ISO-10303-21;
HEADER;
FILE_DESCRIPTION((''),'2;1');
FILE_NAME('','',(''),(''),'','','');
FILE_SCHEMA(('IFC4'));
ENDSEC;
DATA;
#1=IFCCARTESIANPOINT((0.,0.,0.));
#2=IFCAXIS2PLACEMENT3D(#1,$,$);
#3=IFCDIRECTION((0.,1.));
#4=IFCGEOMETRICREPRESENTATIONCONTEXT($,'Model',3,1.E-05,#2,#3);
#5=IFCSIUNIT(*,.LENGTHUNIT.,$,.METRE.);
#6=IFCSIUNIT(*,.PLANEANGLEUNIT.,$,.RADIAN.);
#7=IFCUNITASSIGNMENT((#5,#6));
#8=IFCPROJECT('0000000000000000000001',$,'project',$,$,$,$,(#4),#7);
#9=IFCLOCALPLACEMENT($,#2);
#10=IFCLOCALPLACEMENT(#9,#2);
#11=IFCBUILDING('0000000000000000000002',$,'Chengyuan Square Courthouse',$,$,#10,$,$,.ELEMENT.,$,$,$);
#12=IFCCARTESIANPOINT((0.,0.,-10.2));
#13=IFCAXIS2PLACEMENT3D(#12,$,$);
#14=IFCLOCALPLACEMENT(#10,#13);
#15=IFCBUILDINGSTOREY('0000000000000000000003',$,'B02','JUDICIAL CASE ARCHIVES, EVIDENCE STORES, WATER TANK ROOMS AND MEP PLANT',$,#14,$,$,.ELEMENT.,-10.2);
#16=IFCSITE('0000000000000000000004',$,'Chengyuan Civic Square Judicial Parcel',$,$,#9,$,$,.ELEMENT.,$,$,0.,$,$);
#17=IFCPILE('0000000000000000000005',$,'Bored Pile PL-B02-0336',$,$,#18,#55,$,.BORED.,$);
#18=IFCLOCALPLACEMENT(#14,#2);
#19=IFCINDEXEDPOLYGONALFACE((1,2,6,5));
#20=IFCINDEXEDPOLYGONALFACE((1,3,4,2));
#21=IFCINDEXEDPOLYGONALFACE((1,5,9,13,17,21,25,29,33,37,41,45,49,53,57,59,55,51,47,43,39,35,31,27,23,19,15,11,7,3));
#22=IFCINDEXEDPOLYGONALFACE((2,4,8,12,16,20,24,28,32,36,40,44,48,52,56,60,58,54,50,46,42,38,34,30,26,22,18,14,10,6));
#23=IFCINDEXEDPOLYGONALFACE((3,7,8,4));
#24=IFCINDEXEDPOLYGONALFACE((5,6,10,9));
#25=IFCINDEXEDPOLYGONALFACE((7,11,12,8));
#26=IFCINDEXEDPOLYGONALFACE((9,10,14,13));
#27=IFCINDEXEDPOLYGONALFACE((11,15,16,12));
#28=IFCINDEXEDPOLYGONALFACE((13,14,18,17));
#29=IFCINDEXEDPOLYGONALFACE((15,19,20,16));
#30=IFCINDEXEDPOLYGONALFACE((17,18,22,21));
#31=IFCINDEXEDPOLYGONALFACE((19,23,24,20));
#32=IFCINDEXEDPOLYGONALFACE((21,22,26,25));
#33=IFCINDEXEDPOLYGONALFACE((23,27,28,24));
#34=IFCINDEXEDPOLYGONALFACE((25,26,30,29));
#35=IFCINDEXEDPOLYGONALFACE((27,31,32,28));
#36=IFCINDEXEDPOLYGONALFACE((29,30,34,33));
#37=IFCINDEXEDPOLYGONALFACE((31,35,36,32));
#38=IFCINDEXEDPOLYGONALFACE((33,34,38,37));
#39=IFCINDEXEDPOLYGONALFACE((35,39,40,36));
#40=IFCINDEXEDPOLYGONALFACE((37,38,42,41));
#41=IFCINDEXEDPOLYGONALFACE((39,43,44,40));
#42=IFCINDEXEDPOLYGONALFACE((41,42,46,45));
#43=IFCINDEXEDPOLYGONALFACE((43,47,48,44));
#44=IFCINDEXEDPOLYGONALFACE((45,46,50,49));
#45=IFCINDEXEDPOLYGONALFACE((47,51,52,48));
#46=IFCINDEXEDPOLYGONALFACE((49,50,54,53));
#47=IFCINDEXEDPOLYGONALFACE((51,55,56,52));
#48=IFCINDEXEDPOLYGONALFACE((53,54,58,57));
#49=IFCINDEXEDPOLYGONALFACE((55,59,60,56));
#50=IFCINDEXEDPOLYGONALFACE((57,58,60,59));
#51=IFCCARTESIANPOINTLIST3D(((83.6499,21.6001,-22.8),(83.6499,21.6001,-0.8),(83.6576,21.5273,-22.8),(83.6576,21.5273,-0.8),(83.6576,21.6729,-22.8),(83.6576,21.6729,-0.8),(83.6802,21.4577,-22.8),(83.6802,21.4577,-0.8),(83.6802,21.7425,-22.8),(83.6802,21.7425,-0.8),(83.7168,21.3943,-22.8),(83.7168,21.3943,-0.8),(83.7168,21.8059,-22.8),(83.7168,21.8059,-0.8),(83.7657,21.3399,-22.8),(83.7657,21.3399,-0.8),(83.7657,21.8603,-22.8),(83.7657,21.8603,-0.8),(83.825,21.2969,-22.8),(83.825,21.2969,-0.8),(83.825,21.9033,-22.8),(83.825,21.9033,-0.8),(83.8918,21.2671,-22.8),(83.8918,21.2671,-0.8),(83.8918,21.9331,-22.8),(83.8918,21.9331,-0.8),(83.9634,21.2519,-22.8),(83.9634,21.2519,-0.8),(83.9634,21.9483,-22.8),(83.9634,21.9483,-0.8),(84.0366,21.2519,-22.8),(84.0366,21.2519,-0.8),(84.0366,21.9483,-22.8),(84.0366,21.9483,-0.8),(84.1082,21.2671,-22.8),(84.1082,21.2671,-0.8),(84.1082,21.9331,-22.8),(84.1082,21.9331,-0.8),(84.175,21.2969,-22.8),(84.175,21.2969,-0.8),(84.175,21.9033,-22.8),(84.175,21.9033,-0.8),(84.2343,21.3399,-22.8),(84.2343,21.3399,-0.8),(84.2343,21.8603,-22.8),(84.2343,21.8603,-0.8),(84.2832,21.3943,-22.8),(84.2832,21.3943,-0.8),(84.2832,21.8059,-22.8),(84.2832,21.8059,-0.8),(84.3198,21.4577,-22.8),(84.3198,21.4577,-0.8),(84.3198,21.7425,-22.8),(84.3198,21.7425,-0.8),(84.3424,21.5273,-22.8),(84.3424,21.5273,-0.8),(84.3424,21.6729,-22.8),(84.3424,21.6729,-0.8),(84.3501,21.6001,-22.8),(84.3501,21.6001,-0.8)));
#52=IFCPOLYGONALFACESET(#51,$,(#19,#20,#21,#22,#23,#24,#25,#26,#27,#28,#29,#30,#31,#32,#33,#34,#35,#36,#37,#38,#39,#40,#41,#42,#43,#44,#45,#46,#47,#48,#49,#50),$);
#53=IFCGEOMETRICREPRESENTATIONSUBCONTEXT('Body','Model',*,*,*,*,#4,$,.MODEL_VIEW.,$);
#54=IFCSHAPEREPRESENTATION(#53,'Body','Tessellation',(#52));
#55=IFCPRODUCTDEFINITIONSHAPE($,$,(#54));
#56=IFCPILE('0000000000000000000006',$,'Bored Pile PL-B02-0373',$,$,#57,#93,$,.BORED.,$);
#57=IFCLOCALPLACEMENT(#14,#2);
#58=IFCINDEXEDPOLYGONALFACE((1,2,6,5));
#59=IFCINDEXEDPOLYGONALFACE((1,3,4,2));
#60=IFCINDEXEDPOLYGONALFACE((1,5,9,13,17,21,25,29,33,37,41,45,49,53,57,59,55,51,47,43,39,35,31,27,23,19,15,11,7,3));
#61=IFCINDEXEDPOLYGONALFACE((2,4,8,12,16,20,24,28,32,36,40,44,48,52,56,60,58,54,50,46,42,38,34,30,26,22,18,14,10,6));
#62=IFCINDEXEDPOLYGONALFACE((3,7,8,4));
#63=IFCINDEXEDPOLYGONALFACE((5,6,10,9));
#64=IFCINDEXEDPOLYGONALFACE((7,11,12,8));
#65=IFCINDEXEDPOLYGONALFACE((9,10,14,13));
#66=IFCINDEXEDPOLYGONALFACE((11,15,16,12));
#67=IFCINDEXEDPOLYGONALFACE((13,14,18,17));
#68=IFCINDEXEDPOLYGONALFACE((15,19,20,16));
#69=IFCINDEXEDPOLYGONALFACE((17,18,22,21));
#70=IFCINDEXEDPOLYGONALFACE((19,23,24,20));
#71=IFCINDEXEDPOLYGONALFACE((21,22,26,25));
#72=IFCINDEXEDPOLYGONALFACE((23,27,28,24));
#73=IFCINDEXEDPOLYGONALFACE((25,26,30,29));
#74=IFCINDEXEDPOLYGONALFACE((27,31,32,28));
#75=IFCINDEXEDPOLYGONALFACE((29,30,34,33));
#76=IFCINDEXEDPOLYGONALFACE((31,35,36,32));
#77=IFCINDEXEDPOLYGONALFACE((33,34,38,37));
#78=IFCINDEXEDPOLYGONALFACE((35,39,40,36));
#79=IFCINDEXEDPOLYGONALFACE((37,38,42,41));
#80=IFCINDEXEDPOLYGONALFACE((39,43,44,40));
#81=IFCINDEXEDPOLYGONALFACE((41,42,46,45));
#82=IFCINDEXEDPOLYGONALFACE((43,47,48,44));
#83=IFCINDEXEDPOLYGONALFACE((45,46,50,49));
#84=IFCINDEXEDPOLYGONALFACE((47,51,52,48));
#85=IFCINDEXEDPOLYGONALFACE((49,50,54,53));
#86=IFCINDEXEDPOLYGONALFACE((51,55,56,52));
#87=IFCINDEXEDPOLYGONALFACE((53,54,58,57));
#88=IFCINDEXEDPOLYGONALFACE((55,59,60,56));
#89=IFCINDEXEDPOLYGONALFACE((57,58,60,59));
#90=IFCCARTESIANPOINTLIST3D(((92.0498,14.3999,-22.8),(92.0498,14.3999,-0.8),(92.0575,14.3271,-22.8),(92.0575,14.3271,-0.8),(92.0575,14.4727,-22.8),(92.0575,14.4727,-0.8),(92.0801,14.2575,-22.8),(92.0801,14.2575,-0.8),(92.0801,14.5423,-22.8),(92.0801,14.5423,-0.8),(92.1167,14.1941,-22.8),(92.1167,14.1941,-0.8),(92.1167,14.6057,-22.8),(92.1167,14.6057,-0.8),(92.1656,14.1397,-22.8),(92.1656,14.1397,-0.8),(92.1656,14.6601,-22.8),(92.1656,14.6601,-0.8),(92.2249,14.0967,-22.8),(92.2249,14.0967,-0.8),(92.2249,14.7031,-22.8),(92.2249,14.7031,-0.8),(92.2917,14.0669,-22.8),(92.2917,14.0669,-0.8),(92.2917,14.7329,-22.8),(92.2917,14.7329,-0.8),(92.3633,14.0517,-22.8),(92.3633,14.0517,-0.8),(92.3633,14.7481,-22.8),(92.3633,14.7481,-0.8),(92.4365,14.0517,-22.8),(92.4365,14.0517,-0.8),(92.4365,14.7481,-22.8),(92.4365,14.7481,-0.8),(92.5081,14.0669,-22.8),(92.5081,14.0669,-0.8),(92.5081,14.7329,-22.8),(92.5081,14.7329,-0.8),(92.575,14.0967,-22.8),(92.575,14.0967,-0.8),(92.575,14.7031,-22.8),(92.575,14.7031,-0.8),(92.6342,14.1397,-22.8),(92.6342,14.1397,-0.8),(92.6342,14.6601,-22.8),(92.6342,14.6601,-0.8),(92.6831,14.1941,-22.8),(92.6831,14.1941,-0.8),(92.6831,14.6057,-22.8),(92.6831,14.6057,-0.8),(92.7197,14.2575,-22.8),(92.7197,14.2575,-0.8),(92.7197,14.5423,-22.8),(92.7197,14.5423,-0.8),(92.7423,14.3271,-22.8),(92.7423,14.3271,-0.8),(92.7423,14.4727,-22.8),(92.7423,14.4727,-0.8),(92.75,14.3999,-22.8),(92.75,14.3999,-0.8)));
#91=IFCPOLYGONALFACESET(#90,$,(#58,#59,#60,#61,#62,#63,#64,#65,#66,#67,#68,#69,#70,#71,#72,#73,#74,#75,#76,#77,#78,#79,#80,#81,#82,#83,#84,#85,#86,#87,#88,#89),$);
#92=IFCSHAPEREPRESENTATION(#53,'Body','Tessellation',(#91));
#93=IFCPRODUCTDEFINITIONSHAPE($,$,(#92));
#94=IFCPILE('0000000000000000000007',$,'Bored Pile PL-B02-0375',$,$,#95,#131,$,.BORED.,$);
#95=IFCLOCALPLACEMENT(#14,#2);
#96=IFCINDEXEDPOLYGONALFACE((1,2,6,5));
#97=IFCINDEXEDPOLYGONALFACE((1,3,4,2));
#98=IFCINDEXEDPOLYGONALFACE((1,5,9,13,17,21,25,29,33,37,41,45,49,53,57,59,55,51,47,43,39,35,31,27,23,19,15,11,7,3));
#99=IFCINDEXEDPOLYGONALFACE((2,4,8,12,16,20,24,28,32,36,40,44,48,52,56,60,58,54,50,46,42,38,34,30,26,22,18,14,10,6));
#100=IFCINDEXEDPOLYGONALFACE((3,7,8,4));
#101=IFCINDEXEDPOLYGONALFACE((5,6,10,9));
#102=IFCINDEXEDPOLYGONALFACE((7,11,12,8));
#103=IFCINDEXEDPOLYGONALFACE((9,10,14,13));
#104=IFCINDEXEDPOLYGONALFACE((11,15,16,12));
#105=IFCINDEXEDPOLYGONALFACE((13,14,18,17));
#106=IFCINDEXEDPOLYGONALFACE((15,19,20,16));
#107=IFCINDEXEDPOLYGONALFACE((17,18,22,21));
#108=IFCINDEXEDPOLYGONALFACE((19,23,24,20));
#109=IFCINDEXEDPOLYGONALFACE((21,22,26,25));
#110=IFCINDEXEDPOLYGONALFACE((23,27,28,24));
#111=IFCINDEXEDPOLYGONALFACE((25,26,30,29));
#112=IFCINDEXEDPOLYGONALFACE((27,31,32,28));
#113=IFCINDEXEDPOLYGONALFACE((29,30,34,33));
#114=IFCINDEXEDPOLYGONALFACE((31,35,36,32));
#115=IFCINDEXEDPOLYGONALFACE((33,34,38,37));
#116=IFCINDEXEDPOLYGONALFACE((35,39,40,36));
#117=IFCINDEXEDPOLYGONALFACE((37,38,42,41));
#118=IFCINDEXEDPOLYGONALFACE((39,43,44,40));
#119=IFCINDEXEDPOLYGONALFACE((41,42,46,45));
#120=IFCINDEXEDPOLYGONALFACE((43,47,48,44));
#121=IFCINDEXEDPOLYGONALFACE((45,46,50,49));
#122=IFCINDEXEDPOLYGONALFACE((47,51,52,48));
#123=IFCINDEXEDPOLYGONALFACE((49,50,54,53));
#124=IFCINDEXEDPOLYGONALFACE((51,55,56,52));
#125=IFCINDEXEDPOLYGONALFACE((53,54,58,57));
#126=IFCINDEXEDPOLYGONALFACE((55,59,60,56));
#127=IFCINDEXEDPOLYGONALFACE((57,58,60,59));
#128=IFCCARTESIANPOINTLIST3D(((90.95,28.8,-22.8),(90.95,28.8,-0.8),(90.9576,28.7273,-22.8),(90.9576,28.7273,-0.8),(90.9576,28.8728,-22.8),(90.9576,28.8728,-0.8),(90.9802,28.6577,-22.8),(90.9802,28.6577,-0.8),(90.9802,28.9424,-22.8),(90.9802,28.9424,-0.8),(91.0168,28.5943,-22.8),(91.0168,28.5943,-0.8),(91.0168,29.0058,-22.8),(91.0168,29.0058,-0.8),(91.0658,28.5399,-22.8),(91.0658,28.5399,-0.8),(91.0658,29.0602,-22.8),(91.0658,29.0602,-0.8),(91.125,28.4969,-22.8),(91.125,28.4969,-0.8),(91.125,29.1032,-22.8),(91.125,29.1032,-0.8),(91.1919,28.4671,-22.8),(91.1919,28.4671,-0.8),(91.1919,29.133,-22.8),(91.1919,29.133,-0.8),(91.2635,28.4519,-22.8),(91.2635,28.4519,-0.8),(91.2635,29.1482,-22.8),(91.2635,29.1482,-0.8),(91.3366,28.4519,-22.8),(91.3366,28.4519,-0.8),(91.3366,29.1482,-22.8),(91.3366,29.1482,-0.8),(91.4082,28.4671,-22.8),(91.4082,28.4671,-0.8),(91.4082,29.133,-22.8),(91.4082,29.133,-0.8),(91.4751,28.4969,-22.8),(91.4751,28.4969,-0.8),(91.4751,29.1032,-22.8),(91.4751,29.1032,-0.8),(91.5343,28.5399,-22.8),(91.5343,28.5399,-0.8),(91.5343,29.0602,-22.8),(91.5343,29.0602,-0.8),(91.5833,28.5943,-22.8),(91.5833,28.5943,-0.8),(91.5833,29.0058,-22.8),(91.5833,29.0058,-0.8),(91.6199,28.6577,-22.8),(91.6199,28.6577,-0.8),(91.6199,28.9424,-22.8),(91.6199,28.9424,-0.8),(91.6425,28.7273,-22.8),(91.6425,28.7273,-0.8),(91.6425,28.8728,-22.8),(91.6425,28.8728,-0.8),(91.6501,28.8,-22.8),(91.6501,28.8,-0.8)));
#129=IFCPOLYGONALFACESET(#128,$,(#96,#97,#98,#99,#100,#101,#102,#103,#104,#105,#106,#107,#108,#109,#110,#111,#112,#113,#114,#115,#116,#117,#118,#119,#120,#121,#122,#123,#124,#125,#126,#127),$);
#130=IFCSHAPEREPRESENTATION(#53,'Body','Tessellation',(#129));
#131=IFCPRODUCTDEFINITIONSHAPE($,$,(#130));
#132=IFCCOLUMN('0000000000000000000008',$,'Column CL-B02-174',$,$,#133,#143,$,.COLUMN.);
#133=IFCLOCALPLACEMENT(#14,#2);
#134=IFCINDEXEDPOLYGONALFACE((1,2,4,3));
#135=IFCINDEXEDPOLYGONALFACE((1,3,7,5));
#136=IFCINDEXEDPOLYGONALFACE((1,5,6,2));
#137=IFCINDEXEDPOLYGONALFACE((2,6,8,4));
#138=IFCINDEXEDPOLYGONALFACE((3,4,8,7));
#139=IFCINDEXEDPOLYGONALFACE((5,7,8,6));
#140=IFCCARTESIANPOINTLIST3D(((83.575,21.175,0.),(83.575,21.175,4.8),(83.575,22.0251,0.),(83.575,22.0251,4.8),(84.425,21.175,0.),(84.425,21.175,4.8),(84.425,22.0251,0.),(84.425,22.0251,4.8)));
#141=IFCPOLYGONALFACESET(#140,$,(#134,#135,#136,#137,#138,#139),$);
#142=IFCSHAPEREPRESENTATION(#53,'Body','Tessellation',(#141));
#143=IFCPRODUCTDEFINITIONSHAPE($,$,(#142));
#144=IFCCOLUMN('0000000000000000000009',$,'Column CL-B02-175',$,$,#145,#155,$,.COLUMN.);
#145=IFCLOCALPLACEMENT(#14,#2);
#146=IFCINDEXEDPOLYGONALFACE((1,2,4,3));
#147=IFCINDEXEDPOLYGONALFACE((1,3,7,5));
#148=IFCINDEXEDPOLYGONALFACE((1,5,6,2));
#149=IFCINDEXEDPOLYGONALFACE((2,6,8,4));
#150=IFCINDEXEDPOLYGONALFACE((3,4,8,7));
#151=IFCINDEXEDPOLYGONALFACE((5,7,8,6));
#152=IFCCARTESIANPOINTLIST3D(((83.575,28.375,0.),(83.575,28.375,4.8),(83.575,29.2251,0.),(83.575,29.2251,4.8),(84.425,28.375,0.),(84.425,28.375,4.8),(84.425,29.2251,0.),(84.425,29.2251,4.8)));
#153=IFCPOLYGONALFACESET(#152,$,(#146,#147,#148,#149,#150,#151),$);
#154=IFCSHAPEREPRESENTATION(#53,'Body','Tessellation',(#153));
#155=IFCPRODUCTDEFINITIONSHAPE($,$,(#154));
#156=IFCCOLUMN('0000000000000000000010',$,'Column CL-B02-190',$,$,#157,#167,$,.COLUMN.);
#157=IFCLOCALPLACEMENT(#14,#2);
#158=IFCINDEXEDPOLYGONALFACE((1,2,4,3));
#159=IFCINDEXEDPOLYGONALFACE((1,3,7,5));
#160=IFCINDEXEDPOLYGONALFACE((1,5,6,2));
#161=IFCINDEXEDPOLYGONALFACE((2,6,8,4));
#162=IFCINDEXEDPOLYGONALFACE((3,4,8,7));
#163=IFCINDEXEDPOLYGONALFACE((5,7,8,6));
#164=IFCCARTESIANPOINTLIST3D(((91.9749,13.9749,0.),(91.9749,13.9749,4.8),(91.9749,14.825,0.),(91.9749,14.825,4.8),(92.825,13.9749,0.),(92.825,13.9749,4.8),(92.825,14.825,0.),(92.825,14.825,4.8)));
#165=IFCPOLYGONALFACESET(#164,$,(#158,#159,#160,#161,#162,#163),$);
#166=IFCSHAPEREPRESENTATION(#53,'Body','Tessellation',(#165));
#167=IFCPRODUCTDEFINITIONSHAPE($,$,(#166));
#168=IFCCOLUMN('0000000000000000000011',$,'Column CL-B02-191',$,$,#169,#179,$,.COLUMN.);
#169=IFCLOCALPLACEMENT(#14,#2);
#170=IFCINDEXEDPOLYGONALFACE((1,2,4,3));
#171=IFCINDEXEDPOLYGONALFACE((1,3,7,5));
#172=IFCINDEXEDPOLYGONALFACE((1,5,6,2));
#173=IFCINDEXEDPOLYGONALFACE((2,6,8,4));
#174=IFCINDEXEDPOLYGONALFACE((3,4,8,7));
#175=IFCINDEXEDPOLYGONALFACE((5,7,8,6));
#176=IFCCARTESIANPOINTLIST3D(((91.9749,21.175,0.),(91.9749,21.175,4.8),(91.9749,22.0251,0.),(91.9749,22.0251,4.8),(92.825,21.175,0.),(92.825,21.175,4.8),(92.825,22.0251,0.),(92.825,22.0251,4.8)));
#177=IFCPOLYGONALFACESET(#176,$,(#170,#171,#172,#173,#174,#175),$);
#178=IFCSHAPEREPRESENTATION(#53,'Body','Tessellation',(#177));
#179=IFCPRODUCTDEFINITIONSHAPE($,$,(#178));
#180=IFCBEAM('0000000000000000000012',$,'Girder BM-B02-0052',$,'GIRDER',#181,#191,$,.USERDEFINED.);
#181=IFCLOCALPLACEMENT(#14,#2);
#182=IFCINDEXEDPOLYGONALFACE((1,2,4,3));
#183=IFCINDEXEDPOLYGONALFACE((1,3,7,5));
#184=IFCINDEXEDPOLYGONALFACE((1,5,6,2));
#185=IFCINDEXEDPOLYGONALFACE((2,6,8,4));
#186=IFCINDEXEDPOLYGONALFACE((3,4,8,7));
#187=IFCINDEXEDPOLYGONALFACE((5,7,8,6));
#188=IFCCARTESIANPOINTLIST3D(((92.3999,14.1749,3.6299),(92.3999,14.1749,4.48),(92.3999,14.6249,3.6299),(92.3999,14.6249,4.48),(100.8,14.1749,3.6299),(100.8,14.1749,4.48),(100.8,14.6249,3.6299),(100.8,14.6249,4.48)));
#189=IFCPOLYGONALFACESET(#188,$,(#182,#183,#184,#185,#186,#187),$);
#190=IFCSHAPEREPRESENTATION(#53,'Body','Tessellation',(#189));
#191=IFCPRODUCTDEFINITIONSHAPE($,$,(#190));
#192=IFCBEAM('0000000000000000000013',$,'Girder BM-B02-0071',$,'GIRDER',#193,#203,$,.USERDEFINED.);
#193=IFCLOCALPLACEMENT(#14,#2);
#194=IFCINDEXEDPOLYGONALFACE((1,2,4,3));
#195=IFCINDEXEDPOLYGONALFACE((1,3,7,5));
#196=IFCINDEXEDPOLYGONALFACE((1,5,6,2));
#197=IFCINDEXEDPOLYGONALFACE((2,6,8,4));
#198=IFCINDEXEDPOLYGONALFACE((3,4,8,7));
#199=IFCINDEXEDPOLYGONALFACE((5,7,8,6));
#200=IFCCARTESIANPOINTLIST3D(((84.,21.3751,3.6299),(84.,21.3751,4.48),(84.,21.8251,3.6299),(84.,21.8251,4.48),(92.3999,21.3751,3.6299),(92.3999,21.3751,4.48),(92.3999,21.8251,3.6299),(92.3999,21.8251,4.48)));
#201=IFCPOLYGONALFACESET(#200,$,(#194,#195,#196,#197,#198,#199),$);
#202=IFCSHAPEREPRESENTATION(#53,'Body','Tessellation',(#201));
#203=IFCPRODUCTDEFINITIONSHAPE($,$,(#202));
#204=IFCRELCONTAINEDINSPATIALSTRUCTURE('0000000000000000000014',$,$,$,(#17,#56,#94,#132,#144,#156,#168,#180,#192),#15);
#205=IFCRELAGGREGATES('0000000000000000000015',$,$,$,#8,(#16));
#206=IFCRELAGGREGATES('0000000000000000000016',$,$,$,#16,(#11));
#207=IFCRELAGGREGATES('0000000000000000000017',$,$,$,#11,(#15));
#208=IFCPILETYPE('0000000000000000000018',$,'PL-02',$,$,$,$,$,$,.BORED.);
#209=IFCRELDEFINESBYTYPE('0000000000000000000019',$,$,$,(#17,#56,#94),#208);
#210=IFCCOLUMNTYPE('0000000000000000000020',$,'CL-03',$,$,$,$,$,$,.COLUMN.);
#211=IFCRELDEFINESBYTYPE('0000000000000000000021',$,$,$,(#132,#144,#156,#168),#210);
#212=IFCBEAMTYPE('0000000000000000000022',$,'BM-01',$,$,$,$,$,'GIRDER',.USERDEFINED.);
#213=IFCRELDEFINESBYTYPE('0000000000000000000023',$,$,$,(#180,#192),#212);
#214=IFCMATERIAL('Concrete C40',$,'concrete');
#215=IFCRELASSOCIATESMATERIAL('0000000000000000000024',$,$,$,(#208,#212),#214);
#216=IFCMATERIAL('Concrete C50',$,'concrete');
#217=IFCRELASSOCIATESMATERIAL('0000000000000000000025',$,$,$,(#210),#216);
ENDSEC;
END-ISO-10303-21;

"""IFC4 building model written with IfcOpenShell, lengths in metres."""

from ifc_helpers import new_model, si_unit, direction, frame, origin, origin_2d, place, context, subcontext, project, spatial, rectangle, circle, extrude, material, material_profile, profile_set, type_object, element, save


model = new_model("IFC4")

# Units and contexts
model_context = context("Model", 3, precision=1e-05, world=origin(), true_north=direction((0.0, 1.0)))
body_context = subcontext(model_context, "Body", "Model", "MODEL_VIEW")
ifc_project = project(units=[si_unit("LENGTHUNIT", "METRE"), si_unit("PLANEANGLEUNIT", "RADIAN")], contexts=[model_context])

# Site, building, storey
site_placement = place(None, origin())
site = spatial("IfcSite", under=ifc_project, at=site_placement, Name="Chengyuan Civic Square Judicial Parcel", CompositionType="ELEMENT", RefElevation=0.0)
building_placement = place(site_placement, origin())
building = spatial("IfcBuilding", under=site, at=building_placement, Name="Chengyuan Square Courthouse", CompositionType="ELEMENT")
storey_placement = place(building_placement, frame((0.0, 0.0, -10.2)))
storey = spatial("IfcBuildingStorey", under=building, at=storey_placement, Name="B02", Description="JUDICIAL CASE ARCHIVES, EVIDENCE STORES, WATER TANK ROOMS AND MEP PLANT", CompositionType="ELEMENT", Elevation=-10.2)

# Shared definitions
ifc_material_1 = material(Name="Concrete C40", Category="concrete")

# Piles
ifc_material_profile_1 = material_profile(ifc_material_1, circle(Radius=0.3501, at=origin_2d()), Name="BORED PILE D700")
ifc_profile_set_1 = profile_set([ifc_material_profile_1], Name="Concrete C40")
pile_type_1 = type_object("IfcPileType", Name="PL-02", PredefinedType="BORED", material=ifc_profile_set_1)
for number, where, z_axis, x_axis, name in (
    (1, (84.0, 21.6001, -0.8), (0.0, 0.0, -1.0), (1.0, 0.0, 0.0), "Bored Pile PL-B02-0336"),
    (2, (92.3999, 14.3999, -0.8), (0.0, 0.0, -1.0), (1.0, 0.0, 0.0), "Bored Pile PL-B02-0373"),
    (3, (91.3, 28.8, -0.8), (0.0, 0.0, -1.0), (1.0, 0.0, 0.0), "Bored Pile PL-B02-0375"),
):
    element("IfcPile", number, at=place(storey_placement, frame(where, z_axis=z_axis, x_axis=x_axis)), inside=storey, type_object=pile_type_1, Name=name, PredefinedType="BORED", context=body_context, shape_type="SweptSolid", body=[
        extrude(circle(Radius=0.3501, at=origin_2d()), origin(), (0.0, 0.0, 1.0), 22.0),
    ])

# Columns
ifc_material_2 = material(Name="Concrete C50", Category="concrete")
ifc_material_profile_2 = material_profile(ifc_material_2, rectangle(XDim=0.8501, YDim=0.8501, at=origin_2d()), Name="RC-COL-850x850")
ifc_profile_set_2 = profile_set([ifc_material_profile_2], Name="Concrete C50")
column_type = type_object("IfcColumnType", Name="CL-03", PredefinedType="COLUMN", material=ifc_profile_set_2)
for number, where, z_axis, x_axis, name in (
    (4, (84.0, 21.6001, 0.0), (0.0, 0.0, 1.0), (1.0, 0.0, 0.0), "Column CL-B02-174"),
    (5, (84.0, 28.8, 0.0), (0.0, 0.0, 1.0), (1.0, 0.0, 0.0), "Column CL-B02-175"),
    (6, (92.3999, 14.3999, 0.0), (0.0, 0.0, 1.0), (1.0, 0.0, 0.0), "Column CL-B02-190"),
    (7, (92.3999, 21.6001, 0.0), (0.0, 0.0, 1.0), (1.0, 0.0, 0.0), "Column CL-B02-191"),
):
    element("IfcColumn", number, at=place(storey_placement, frame(where, z_axis=z_axis, x_axis=x_axis)), inside=storey, type_object=column_type, Name=name, PredefinedType="COLUMN", context=body_context, shape_type="SweptSolid", body=[
        extrude(rectangle(XDim=0.8501, YDim=0.8501, at=origin_2d()), origin(), (0.0, 0.0, 1.0), 4.8),
    ])

# Beams
ifc_material_profile_3 = material_profile(ifc_material_1, rectangle(XDim=0.45, YDim=0.8501, at=origin_2d()), Name="RC-BM-450x850")
ifc_profile_set_3 = profile_set([ifc_material_profile_3], Name="Concrete C40")
beam_type_1 = type_object("IfcBeamType", Name="BM-01", ElementType="GIRDER", PredefinedType="USERDEFINED", material=ifc_profile_set_3)
beam_1_placement = place(storey_placement, frame((92.3999, 14.3999, 4.0549), z_axis=(1.0, 0.0, 0.0), x_axis=(0.0, 1.0, 0.0)))
element("IfcBeam", 8, at=beam_1_placement, inside=storey, type_object=beam_type_1, Name="Girder BM-B02-0052", ObjectType="GIRDER", PredefinedType="USERDEFINED", context=body_context, shape_type="SweptSolid", body=[
    extrude(rectangle(XDim=0.45, YDim=0.8501, at=origin_2d()), origin(), (0.0, 0.0, 1.0), 8.4001),
])
beam_2_placement = place(storey_placement, frame((84.0, 21.6001, 4.0549), z_axis=(1.0, 0.0, 0.0), x_axis=(0.0, 1.0, 0.0)))
element("IfcBeam", 9, at=beam_2_placement, inside=storey, type_object=beam_type_1, Name="Girder BM-B02-0071", ObjectType="GIRDER", PredefinedType="USERDEFINED", context=body_context, shape_type="SweptSolid", body=[
    extrude(rectangle(XDim=0.45, YDim=0.8501, at=origin_2d()), origin(), (0.0, 0.0, 1.0), 8.3999),
])

save(model, "model.ifc")
